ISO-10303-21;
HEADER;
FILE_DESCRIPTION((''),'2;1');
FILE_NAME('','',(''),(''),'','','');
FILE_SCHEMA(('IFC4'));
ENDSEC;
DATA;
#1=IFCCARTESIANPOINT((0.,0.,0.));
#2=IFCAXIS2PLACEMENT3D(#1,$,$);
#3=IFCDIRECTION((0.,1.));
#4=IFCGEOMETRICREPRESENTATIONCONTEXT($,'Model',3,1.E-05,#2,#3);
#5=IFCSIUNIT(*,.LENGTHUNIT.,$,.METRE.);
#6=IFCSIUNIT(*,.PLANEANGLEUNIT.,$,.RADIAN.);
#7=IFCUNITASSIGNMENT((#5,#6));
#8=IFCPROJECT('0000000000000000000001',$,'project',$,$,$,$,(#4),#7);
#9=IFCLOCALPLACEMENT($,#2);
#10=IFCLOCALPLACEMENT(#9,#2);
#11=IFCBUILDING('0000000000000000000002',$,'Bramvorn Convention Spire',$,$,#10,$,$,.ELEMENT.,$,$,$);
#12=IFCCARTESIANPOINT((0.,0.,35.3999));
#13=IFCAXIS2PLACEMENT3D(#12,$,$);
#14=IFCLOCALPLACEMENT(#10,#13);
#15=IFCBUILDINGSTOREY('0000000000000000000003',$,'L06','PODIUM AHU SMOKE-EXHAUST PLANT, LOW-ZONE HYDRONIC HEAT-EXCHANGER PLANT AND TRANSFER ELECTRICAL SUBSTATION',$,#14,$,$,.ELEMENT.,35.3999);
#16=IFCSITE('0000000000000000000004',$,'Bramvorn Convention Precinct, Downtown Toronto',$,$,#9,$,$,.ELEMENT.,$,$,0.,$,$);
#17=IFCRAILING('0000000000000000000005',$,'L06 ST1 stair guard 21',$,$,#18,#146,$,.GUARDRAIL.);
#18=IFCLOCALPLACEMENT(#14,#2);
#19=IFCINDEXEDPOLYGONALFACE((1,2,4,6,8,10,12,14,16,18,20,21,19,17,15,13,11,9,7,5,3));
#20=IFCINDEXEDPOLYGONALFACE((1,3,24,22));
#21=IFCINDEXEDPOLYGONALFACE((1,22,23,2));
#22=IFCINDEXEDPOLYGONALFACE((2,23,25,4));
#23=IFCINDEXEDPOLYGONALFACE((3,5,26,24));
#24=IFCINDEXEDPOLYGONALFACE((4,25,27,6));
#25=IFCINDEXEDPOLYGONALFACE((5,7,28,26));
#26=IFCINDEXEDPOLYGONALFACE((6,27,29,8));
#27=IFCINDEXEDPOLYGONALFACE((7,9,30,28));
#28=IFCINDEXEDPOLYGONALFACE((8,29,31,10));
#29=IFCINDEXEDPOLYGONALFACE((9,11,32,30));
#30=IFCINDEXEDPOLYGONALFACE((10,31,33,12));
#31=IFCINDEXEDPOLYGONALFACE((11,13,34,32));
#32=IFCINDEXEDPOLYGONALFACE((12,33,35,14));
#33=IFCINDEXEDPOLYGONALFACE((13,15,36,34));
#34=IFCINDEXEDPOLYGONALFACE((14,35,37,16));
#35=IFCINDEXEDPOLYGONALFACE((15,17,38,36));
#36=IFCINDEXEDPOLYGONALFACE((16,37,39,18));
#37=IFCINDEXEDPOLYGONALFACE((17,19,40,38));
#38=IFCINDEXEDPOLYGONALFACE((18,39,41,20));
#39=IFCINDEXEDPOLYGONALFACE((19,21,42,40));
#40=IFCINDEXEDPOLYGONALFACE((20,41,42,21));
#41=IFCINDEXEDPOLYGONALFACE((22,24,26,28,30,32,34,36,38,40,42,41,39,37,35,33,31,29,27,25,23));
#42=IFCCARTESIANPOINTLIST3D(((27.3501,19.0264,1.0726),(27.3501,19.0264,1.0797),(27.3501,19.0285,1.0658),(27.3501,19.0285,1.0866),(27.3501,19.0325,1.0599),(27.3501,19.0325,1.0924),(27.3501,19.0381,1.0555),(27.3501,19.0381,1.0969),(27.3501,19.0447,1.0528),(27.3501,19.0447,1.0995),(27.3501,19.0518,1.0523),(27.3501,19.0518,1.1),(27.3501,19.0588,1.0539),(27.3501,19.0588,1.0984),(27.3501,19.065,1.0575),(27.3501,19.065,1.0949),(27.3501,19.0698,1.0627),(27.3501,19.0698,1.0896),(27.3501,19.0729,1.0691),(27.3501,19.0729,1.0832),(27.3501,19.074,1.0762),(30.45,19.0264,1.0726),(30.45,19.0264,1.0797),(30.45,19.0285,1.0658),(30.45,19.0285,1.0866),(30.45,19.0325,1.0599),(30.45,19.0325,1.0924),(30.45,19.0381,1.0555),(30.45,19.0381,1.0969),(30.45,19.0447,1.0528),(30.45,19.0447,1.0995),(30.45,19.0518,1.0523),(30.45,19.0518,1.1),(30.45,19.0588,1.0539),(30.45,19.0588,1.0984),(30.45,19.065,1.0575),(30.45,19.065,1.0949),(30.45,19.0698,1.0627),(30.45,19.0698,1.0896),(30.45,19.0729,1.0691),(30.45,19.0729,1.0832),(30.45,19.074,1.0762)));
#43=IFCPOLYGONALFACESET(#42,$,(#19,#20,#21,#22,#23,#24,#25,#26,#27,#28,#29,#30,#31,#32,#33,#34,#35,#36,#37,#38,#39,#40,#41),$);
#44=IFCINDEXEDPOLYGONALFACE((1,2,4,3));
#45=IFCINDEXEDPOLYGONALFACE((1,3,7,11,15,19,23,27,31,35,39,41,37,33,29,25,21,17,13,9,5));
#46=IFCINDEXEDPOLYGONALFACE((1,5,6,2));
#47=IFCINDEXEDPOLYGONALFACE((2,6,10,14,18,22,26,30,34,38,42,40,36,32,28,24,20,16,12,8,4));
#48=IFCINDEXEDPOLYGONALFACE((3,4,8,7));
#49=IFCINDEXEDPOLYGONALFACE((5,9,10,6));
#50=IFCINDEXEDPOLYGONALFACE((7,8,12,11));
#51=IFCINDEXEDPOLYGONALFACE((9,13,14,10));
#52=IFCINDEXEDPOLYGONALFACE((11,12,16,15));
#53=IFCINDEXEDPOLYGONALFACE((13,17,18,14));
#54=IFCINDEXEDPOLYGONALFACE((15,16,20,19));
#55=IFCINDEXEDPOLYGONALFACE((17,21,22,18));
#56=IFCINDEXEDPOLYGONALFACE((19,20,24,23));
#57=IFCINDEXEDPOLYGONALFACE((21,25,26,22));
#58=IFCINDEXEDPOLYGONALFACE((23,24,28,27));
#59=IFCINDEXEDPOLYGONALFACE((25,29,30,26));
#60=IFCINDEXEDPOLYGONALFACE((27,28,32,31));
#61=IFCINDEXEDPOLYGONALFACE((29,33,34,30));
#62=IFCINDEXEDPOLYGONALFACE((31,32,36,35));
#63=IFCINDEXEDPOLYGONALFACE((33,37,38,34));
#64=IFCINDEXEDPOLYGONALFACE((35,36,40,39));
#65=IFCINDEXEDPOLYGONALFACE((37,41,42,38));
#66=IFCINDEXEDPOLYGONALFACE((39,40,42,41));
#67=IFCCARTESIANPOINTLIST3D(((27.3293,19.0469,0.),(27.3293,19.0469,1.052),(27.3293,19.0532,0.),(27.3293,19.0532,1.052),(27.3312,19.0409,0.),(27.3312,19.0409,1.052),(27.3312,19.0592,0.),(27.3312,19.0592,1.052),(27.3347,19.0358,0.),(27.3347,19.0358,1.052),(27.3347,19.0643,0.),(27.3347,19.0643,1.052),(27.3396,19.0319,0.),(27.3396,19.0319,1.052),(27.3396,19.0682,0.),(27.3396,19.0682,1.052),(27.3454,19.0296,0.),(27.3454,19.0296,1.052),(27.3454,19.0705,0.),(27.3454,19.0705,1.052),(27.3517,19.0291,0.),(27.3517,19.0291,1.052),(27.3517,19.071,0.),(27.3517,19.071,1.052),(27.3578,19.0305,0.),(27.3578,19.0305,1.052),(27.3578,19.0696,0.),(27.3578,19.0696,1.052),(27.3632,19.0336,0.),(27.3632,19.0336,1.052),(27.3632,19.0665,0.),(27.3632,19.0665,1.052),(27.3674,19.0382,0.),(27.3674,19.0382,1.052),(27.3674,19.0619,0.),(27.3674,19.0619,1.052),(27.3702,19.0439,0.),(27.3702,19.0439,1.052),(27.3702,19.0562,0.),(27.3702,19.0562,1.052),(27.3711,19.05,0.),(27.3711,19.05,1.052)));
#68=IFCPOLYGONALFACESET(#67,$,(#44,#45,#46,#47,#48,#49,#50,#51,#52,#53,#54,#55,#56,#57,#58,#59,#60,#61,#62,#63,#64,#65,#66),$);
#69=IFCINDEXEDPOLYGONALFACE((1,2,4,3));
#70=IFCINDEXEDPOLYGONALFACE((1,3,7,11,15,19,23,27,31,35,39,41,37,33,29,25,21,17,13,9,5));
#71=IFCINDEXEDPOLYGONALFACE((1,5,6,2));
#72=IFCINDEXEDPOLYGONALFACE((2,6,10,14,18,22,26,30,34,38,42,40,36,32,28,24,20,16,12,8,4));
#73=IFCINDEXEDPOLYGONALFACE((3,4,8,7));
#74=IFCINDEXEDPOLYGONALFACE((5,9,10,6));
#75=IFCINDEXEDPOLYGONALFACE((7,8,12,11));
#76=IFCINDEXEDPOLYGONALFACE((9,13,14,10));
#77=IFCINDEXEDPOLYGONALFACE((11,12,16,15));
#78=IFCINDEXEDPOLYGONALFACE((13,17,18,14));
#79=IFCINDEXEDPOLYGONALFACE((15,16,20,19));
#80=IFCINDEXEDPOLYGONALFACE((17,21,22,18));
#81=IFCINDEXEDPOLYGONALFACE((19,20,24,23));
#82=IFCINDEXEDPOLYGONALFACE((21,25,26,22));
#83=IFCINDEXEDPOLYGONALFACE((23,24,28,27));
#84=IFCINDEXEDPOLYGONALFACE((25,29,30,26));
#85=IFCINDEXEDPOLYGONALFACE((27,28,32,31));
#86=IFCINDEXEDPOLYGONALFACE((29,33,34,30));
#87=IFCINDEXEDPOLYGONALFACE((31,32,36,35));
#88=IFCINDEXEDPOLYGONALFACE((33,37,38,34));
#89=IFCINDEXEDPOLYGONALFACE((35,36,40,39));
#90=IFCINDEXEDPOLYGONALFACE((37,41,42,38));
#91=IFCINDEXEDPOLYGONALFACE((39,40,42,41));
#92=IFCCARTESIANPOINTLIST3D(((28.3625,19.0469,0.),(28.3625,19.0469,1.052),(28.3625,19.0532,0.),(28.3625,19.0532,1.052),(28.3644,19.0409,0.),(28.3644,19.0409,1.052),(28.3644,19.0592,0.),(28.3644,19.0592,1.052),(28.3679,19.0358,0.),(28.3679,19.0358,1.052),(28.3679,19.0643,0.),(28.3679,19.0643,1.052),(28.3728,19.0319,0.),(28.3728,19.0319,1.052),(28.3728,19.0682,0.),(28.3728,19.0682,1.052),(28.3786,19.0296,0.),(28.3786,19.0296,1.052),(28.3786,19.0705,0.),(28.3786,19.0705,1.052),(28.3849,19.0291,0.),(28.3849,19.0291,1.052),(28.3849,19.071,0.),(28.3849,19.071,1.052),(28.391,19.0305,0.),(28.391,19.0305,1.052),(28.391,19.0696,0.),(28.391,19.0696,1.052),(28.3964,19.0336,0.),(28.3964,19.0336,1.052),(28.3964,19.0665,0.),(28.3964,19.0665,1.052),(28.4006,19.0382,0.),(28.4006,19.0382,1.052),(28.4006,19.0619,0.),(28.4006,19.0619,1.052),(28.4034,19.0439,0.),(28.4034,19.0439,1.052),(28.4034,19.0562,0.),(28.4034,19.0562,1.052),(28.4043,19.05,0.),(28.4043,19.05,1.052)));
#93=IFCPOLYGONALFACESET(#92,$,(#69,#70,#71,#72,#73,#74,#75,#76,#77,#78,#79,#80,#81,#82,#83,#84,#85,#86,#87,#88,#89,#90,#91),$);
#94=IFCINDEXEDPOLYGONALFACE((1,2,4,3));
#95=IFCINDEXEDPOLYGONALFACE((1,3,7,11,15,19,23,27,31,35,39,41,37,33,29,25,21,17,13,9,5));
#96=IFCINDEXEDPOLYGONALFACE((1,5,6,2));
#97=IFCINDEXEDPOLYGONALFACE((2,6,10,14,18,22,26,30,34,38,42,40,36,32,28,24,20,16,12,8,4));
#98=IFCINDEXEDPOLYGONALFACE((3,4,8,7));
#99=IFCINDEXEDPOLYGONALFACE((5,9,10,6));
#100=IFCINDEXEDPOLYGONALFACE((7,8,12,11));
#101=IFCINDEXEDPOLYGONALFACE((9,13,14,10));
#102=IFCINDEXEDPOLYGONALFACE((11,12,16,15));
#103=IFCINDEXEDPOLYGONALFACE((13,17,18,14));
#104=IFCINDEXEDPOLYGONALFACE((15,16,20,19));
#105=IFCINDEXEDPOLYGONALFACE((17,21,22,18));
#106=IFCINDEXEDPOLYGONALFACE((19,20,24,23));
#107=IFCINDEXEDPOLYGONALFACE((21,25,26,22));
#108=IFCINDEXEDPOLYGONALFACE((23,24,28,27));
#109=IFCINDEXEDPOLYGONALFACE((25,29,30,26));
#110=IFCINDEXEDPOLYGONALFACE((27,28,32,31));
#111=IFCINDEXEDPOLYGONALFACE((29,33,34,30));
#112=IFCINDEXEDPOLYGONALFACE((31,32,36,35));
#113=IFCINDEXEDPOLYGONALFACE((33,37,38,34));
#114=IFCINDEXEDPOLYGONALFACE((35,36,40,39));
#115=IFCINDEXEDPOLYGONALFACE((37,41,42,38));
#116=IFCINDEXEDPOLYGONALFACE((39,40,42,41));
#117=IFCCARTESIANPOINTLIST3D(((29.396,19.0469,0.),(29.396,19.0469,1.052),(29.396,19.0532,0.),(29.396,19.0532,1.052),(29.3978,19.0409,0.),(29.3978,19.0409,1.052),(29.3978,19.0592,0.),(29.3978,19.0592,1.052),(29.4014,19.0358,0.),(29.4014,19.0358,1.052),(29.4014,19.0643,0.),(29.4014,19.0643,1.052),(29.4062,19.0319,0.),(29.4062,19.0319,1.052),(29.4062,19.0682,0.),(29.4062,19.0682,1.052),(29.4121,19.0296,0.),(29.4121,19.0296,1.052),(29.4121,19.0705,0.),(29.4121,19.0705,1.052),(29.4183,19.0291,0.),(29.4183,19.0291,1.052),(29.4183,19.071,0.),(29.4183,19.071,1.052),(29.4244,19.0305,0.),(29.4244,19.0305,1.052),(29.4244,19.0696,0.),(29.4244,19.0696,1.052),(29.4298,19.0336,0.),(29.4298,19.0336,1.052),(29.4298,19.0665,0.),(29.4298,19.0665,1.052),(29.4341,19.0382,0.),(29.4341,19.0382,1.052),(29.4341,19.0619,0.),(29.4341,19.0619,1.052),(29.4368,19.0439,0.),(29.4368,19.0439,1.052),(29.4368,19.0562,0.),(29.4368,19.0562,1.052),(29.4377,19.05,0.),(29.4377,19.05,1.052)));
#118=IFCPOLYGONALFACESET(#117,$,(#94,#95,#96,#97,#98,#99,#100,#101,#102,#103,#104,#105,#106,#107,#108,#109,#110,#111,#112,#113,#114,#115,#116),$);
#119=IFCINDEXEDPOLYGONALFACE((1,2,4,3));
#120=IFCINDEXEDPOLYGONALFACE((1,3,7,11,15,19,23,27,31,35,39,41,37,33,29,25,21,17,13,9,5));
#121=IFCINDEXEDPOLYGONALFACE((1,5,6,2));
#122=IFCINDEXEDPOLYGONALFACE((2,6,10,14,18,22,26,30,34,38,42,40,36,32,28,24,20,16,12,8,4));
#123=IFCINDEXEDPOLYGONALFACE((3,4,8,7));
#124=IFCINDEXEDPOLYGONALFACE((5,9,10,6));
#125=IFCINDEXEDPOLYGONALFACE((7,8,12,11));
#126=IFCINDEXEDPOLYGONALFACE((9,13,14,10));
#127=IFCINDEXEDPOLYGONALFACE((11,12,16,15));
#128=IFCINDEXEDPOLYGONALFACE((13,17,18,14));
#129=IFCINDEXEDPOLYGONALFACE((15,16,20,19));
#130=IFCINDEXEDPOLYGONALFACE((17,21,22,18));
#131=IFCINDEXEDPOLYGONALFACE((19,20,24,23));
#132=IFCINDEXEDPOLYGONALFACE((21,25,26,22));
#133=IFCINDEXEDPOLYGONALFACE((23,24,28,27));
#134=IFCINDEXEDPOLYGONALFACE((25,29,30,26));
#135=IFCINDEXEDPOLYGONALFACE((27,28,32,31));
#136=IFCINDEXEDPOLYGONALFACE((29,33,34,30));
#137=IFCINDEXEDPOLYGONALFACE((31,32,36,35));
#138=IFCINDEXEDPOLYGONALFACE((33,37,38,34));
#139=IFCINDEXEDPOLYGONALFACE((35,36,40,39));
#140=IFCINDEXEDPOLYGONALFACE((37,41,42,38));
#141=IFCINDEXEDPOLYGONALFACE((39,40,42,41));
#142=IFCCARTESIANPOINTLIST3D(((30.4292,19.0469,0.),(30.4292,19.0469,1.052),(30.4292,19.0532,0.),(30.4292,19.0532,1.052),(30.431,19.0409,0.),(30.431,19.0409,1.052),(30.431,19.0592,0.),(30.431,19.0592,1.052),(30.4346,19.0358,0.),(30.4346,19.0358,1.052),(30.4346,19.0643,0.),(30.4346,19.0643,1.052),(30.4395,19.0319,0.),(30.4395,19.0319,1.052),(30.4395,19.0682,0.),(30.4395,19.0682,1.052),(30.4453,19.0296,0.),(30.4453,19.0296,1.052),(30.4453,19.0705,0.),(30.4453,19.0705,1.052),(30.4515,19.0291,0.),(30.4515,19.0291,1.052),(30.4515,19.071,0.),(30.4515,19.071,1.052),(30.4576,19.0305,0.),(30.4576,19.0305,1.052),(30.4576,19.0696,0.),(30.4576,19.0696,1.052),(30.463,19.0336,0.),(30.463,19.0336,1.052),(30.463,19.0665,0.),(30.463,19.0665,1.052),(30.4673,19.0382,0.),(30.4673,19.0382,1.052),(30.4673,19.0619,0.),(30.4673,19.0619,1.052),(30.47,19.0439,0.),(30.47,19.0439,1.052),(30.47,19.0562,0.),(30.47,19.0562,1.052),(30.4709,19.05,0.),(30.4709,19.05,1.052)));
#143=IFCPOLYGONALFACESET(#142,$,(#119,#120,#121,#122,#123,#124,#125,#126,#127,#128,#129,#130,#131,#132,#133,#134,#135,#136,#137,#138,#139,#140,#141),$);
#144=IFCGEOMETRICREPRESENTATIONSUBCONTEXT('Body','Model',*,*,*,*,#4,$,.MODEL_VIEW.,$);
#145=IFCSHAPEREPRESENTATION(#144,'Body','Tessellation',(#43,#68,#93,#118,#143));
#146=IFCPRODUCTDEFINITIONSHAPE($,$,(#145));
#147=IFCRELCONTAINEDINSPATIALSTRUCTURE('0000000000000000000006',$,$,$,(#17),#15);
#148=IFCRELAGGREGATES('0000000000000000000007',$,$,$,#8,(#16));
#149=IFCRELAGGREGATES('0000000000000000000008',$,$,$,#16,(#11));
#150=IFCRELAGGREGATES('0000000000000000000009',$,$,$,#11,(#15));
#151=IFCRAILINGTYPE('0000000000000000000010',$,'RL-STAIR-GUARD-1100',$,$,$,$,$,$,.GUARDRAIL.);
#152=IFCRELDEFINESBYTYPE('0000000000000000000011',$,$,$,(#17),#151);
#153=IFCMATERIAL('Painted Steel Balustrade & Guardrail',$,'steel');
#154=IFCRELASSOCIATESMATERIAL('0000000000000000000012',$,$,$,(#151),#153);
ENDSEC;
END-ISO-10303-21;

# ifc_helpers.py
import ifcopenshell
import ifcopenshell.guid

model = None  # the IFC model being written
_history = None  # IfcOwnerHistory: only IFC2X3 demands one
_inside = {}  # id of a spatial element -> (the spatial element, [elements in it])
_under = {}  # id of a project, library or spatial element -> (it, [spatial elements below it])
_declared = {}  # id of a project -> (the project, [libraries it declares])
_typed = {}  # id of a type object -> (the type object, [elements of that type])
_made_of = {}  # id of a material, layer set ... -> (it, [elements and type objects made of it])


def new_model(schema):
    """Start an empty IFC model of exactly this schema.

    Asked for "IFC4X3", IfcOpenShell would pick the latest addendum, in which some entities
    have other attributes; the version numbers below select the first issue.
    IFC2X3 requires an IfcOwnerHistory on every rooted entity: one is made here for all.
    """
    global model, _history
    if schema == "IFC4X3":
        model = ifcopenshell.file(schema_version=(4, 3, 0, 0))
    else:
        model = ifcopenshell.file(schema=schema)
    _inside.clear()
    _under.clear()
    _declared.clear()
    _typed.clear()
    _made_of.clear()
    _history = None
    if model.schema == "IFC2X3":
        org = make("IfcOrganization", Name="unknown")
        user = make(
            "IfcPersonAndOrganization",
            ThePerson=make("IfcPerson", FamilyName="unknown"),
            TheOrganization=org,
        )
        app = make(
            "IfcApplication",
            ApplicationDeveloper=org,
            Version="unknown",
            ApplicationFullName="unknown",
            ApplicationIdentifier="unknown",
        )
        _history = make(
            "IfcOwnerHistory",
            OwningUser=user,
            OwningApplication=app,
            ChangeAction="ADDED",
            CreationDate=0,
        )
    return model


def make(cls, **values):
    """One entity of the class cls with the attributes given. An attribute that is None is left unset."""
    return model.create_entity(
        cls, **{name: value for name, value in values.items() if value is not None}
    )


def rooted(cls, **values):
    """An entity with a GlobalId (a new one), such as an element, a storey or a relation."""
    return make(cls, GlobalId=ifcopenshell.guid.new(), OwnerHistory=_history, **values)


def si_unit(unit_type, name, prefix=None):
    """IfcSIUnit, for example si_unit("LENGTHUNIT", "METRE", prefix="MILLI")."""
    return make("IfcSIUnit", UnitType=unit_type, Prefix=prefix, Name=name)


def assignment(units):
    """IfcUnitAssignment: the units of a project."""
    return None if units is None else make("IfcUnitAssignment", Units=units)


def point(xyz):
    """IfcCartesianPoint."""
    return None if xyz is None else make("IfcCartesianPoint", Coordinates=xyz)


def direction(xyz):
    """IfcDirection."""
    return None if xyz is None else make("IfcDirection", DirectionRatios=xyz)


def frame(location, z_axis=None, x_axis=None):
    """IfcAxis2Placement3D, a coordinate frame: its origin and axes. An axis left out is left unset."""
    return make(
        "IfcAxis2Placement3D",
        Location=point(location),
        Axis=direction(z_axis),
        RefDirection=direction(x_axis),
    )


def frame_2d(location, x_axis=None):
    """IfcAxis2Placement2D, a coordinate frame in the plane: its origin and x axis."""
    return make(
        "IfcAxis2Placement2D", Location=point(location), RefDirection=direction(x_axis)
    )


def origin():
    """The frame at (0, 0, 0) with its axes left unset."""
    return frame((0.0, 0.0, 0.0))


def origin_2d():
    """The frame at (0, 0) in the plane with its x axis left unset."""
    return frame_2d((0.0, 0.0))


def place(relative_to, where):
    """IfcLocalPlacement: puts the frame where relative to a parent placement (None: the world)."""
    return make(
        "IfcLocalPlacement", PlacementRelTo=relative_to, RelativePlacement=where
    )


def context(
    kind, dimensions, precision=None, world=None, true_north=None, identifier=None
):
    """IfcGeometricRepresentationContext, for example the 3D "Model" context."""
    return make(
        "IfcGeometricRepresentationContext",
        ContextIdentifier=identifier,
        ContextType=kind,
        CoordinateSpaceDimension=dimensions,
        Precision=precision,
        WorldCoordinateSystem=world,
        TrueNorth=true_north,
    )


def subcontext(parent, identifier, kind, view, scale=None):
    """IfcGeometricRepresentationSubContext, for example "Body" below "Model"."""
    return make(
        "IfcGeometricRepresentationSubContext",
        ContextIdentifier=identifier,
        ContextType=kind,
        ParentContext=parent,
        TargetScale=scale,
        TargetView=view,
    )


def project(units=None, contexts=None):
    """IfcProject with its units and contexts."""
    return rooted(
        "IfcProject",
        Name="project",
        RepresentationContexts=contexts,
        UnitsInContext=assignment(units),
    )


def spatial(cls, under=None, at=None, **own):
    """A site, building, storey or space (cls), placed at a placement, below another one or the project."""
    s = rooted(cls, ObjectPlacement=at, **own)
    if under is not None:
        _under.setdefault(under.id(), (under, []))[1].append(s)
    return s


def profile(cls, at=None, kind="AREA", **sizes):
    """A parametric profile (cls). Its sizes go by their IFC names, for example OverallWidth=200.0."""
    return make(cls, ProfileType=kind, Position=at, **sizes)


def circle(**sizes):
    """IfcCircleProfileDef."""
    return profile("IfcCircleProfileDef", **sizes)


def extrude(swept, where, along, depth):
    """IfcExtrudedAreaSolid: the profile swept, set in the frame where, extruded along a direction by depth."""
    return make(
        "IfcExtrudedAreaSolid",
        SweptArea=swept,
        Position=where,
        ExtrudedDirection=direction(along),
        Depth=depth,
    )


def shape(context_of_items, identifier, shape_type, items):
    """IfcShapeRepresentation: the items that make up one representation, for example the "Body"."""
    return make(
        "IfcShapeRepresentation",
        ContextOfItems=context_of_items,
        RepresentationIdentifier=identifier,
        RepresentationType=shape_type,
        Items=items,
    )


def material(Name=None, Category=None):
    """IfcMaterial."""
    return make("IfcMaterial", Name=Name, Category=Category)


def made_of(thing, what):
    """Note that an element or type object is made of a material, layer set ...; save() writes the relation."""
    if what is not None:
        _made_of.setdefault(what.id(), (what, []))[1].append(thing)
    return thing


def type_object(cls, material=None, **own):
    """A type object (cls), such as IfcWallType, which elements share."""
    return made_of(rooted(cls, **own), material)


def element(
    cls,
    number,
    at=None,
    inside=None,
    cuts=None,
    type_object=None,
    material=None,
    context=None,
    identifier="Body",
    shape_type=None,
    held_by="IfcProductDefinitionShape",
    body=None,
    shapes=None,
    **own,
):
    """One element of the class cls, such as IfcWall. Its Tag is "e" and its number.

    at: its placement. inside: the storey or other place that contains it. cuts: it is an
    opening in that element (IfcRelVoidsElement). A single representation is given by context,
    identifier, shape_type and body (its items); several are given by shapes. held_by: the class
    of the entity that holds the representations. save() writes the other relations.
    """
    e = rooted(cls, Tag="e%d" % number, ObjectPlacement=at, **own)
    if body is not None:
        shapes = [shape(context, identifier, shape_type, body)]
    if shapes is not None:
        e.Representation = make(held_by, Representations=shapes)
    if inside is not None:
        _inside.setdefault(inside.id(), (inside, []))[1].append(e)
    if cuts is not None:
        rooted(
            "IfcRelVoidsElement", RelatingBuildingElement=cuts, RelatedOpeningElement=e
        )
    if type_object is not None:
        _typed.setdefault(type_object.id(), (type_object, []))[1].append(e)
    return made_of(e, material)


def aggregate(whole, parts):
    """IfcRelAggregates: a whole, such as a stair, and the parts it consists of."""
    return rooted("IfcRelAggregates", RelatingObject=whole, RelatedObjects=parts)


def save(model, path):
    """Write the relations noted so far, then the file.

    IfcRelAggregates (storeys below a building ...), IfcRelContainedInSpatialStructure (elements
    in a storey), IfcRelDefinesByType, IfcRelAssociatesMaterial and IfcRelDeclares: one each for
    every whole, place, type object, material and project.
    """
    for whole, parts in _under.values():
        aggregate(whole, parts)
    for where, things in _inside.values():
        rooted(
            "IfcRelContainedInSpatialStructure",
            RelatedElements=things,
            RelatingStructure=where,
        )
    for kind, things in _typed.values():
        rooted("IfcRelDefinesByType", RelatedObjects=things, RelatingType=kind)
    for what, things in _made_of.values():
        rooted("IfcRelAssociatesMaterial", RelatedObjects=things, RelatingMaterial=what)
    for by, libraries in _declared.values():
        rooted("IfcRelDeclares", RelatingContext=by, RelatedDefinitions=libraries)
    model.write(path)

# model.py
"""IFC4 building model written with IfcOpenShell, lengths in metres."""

from ifc_helpers import new_model, si_unit, direction, frame, origin, origin_2d, place, context, subcontext, project, spatial, circle, extrude, material, type_object, element, save


model = new_model("IFC4")

# Units and contexts
model_context = context("Model", 3, precision=1e-05, world=origin(), true_north=direction((0.0, 1.0)))
body_context = subcontext(model_context, "Body", "Model", "MODEL_VIEW")
ifc_project = project(units=[si_unit("LENGTHUNIT", "METRE"), si_unit("PLANEANGLEUNIT", "RADIAN")], contexts=[model_context])

# Site, building, storey
site_placement = place(None, origin())
site = spatial("IfcSite", under=ifc_project, at=site_placement, Name="Bramvorn Convention Precinct, Downtown Toronto", CompositionType="ELEMENT", RefElevation=0.0)
building_placement = place(site_placement, origin())
building = spatial("IfcBuilding", under=site, at=building_placement, Name="Bramvorn Convention Spire", CompositionType="ELEMENT")
storey_placement = place(building_placement, frame((0.0, 0.0, 35.3999)))
storey = spatial("IfcBuildingStorey", under=building, at=storey_placement, Name="L06", Description="PODIUM AHU SMOKE-EXHAUST PLANT, LOW-ZONE HYDRONIC HEAT-EXCHANGER PLANT AND TRANSFER ELECTRICAL SUBSTATION", CompositionType="ELEMENT", Elevation=35.3999)

# Railing
ifc_material_1 = material(Name="Painted Steel Balustrade & Guardrail", Category="steel")
railing_type = type_object("IfcRailingType", Name="RL-STAIR-GUARD-1100", PredefinedType="GUARDRAIL", material=ifc_material_1)
railing_1_placement = place(storey_placement, frame((27.3501, 19.05, 0.0)))
element("IfcRailing", 1, at=railing_1_placement, inside=storey, type_object=railing_type, Name="L06 ST1 stair guard 21", PredefinedType="GUARDRAIL", context=body_context, shape_type="SweptSolid", body=[
    extrude(circle(Radius=0.0239, at=origin_2d()), frame((0.0, 0.0, 1.0762), z_axis=(1.0, 0.0, 0.0), x_axis=(0.0, 1.0, 0.0)), (0.0, 0.0, 1.0), 3.0999),
    extrude(circle(Radius=0.021, at=origin_2d()), origin(), (0.0, 0.0, 1.0), 1.052),
    extrude(circle(Radius=0.021, at=origin_2d()), frame((1.0332, 0.0, 0.0)), (0.0, 0.0, 1.0), 1.052),
    extrude(circle(Radius=0.021, at=origin_2d()), frame((2.0667, 0.0, 0.0)), (0.0, 0.0, 1.0), 1.052),
    extrude(circle(Radius=0.021, at=origin_2d()), frame((3.0999, 0.0, 0.0)), (0.0, 0.0, 1.0), 1.052),
])

save(model, "model.ifc")
